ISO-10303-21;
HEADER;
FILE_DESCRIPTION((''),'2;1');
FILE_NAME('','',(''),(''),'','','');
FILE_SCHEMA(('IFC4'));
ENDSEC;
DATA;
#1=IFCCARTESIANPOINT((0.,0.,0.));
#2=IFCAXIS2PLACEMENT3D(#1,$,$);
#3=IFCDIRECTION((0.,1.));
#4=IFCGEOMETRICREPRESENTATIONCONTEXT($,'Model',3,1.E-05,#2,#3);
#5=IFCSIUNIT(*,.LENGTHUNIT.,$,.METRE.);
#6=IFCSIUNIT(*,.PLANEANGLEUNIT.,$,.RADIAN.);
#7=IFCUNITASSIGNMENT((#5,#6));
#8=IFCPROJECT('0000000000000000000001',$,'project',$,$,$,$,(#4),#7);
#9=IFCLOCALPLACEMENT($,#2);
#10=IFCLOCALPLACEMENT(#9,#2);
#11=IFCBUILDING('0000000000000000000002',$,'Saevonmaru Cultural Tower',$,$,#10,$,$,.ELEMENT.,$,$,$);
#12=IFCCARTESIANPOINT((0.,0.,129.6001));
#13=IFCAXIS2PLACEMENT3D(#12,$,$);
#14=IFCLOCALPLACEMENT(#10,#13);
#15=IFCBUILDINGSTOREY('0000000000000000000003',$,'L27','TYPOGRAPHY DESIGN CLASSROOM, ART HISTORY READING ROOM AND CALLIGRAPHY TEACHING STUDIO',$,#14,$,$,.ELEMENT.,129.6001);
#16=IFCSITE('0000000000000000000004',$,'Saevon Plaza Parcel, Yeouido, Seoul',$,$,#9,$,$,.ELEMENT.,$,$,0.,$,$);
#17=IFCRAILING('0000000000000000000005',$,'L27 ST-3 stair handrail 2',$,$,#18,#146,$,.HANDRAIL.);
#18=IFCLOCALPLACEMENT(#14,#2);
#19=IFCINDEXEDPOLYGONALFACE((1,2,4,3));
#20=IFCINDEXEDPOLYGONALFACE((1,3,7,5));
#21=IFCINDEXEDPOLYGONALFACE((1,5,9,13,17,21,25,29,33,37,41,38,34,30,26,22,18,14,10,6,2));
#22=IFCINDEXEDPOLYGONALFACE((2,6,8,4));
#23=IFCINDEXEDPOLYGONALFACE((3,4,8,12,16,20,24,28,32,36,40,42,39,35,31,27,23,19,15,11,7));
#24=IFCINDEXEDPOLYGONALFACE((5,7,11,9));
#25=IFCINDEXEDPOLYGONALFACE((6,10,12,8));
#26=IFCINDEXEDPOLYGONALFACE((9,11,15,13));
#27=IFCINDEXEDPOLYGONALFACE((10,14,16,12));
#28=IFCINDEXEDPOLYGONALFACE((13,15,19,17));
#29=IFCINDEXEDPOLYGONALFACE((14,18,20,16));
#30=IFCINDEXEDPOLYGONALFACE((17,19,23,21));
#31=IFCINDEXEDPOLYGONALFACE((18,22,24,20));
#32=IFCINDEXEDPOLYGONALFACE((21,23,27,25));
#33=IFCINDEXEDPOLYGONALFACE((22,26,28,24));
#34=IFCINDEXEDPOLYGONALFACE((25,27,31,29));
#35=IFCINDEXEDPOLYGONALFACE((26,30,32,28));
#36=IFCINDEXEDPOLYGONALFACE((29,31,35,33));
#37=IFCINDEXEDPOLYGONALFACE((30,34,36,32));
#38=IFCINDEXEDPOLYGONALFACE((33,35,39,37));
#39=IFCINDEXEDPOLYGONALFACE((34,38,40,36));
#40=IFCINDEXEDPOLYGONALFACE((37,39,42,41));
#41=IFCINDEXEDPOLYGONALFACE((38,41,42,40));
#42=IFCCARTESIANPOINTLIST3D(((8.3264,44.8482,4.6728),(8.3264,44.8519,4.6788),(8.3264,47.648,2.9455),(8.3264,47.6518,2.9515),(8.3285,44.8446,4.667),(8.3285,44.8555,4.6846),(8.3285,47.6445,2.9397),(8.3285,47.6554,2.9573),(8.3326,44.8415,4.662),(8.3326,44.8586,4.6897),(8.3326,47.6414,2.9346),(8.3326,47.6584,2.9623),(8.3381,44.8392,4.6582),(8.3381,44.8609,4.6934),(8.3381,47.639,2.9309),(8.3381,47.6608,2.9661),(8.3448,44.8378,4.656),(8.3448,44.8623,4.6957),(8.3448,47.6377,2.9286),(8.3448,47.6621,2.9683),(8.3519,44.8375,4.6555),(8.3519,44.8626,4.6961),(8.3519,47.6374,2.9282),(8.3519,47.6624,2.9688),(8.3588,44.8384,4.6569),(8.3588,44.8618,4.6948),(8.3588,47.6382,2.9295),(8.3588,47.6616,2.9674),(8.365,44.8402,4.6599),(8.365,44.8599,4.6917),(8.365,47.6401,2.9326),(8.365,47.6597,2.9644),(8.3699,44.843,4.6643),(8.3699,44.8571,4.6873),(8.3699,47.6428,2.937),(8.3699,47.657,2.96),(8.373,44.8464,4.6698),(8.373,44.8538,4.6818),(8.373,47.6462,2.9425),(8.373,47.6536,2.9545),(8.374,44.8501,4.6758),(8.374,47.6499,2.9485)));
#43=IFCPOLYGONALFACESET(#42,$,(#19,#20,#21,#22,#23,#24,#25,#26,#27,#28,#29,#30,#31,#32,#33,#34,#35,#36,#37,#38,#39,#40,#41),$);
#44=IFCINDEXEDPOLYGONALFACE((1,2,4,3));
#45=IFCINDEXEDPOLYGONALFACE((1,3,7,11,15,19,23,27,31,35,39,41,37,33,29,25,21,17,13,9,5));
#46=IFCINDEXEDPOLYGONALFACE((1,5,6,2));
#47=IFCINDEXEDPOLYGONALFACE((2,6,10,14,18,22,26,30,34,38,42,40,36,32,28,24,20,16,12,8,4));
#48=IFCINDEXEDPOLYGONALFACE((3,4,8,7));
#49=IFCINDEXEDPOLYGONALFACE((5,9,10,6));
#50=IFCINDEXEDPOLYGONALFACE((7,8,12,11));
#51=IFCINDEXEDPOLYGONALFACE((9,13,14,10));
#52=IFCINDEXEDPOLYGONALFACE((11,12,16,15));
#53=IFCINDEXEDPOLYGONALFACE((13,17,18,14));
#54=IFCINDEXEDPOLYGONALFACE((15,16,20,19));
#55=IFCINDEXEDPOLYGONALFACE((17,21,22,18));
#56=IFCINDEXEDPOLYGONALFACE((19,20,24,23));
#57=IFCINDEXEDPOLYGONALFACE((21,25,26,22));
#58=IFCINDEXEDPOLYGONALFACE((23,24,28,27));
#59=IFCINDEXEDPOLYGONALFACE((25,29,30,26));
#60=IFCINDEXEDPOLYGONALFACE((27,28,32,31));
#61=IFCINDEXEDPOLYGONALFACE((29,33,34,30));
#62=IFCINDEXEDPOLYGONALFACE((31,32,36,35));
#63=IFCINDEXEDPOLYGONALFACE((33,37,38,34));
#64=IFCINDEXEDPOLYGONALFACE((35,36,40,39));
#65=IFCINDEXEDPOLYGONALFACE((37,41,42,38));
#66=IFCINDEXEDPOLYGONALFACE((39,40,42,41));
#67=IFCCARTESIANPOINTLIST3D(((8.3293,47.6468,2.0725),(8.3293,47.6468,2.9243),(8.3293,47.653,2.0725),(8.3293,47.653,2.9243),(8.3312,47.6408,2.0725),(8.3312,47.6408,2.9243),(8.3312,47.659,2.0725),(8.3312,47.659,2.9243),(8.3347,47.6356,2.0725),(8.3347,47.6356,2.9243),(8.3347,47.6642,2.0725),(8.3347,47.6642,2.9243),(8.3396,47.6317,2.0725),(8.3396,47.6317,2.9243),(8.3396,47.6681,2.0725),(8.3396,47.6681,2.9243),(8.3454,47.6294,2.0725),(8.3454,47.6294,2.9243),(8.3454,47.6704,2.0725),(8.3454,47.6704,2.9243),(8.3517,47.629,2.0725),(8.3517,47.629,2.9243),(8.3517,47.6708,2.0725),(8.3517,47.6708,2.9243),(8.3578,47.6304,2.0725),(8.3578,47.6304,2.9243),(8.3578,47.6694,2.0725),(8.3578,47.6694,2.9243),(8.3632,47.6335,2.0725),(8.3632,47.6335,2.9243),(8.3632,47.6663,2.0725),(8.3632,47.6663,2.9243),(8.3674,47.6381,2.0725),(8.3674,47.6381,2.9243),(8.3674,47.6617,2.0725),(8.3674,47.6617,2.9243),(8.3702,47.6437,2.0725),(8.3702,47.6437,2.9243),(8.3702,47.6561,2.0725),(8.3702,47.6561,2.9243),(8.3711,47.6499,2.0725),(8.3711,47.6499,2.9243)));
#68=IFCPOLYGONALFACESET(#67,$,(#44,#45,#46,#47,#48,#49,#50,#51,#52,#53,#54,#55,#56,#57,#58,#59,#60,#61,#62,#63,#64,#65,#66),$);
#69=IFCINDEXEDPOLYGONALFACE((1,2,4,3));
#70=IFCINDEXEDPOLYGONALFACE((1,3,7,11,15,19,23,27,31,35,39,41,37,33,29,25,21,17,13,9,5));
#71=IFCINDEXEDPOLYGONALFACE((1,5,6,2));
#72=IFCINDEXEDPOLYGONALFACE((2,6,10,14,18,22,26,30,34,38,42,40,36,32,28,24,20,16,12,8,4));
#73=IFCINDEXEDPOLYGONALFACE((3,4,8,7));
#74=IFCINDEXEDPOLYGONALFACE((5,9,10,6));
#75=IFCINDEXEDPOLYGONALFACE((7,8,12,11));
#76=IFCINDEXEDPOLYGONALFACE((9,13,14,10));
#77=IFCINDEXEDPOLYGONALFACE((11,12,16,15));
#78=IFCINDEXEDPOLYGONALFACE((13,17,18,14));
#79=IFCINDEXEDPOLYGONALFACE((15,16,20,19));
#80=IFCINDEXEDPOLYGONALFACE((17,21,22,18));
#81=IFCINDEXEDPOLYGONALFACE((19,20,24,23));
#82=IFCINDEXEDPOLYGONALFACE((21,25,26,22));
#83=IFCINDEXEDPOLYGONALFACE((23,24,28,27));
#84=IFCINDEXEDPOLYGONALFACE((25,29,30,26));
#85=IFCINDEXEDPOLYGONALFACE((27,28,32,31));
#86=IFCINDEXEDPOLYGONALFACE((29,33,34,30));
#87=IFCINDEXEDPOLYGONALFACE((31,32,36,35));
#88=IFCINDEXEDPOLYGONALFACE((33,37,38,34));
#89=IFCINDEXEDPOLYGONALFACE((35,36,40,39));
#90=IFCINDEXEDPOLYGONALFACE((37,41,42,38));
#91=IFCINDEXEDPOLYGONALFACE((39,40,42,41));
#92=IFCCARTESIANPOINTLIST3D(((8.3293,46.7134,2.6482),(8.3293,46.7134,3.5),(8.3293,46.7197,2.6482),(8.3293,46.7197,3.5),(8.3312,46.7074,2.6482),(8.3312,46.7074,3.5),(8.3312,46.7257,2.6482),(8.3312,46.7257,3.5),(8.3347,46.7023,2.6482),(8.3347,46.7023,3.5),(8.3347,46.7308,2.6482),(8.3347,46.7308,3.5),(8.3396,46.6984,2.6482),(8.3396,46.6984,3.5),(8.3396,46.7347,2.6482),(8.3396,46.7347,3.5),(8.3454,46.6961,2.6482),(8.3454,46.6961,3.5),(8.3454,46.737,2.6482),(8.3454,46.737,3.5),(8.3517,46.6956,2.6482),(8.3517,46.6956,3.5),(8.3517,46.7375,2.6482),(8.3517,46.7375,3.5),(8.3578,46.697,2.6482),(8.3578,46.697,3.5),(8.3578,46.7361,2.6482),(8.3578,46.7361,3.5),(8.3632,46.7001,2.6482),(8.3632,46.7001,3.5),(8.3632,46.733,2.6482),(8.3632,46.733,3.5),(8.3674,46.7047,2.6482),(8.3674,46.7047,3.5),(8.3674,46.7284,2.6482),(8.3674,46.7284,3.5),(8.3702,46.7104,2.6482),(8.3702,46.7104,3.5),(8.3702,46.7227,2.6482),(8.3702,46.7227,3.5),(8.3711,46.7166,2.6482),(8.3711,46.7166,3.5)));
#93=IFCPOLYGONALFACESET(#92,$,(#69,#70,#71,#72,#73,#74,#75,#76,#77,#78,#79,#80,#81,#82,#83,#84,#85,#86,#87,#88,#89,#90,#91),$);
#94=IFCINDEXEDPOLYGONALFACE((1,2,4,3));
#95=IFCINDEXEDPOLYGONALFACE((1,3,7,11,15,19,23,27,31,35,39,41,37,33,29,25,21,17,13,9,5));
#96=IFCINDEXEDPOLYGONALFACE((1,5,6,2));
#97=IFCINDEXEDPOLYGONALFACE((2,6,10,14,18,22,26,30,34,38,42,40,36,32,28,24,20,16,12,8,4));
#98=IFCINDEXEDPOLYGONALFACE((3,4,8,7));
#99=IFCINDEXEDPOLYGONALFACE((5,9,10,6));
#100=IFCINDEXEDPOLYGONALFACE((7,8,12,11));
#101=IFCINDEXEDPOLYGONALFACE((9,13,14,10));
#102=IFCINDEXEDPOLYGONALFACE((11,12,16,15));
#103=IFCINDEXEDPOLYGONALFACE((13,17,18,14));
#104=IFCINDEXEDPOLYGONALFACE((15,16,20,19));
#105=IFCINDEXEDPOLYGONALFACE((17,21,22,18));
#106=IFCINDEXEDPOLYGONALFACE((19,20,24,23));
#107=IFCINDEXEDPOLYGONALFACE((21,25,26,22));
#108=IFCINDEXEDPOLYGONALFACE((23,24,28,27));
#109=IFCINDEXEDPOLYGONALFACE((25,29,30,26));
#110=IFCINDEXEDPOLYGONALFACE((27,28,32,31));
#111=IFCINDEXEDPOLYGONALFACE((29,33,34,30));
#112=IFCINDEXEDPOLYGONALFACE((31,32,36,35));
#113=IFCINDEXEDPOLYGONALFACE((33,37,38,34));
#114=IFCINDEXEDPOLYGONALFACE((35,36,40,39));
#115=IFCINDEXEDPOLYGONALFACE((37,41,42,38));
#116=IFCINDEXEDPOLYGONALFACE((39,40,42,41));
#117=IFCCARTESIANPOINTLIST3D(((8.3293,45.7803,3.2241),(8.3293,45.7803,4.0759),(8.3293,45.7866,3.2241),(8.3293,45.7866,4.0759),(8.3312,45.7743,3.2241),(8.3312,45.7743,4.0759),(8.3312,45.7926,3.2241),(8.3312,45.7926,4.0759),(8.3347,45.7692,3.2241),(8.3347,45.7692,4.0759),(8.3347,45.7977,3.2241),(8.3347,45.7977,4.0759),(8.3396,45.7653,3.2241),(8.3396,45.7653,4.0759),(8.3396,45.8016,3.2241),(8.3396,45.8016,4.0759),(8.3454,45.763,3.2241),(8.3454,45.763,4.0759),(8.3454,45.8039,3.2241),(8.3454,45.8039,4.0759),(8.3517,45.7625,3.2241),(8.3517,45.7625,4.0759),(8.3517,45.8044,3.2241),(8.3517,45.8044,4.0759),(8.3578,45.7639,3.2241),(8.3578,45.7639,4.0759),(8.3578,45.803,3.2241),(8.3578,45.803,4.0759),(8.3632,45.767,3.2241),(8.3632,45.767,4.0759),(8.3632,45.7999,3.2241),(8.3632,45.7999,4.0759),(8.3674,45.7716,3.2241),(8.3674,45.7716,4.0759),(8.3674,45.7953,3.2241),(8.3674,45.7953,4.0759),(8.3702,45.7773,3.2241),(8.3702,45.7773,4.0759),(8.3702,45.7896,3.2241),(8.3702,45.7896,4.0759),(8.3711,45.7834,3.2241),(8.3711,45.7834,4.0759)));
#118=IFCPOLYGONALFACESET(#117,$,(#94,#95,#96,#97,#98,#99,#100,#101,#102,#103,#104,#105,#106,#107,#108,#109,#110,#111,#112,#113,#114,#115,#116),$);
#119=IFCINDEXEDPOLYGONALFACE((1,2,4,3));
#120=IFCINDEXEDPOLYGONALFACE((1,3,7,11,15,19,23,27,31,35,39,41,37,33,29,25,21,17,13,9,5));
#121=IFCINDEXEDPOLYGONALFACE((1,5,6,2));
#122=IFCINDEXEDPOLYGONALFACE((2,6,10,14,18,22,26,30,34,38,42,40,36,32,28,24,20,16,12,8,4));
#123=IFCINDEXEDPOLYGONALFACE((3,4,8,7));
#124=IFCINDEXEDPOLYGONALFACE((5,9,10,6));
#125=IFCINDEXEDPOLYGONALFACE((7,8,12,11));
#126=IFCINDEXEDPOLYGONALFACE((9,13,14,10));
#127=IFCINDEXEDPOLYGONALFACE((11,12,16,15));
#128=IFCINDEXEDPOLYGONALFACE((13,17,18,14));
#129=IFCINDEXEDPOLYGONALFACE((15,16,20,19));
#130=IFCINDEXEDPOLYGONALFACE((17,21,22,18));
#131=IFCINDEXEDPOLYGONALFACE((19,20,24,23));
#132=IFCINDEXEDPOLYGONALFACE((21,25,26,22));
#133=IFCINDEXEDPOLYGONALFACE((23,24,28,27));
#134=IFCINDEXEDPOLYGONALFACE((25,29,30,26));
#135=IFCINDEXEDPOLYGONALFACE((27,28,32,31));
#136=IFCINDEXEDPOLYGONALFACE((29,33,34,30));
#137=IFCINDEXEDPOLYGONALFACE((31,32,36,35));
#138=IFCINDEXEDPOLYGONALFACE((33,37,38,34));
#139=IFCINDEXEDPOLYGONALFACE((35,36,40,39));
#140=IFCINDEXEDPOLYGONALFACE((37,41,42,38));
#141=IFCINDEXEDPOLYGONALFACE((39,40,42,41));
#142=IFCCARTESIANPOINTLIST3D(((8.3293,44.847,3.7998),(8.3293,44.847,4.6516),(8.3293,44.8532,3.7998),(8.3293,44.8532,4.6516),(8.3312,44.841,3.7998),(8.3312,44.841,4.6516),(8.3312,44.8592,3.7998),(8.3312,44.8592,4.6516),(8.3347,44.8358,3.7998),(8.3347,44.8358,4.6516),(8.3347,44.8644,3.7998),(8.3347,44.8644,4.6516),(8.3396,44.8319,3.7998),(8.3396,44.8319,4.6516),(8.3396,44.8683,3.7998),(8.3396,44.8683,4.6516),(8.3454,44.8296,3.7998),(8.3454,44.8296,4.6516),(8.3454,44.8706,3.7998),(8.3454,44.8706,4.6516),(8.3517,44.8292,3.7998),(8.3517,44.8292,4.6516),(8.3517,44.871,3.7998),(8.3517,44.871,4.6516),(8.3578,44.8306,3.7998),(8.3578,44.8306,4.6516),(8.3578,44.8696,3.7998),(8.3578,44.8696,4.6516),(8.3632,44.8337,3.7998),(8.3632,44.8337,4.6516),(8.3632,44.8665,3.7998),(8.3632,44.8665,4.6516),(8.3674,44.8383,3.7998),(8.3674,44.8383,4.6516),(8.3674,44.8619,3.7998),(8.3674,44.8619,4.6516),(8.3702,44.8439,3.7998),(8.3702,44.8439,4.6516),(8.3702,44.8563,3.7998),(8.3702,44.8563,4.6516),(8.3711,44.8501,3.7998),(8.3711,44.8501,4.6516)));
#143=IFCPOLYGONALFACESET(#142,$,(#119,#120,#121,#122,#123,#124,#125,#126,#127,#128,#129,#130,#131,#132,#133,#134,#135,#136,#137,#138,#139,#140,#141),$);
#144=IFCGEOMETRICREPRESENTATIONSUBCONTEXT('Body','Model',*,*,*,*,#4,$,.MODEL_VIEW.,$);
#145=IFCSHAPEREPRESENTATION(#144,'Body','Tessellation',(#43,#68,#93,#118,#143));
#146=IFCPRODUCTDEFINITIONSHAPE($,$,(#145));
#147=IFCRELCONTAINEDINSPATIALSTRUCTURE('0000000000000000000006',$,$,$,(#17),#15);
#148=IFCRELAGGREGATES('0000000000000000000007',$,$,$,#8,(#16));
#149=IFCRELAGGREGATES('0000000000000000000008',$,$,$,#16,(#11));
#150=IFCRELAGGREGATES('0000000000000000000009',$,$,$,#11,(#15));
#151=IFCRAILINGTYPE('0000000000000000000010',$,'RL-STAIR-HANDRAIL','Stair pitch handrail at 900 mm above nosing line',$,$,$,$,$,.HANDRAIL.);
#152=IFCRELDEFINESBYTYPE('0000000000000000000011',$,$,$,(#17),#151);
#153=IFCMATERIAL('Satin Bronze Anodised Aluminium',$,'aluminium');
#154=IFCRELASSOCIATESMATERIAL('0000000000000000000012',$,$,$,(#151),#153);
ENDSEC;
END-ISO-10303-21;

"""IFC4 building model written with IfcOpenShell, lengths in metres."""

from ifc_helpers import new_model, si_unit, direction, frame, origin, origin_2d, place, context, subcontext, project, spatial, circle, extrude, material, type_object, element, save


model = new_model("IFC4")

# Units and contexts
model_context = context("Model", 3, precision=1e-05, world=origin(), true_north=direction((0.0, 1.0)))
body_context = subcontext(model_context, "Body", "Model", "MODEL_VIEW")
ifc_project = project(units=[si_unit("LENGTHUNIT", "METRE"), si_unit("PLANEANGLEUNIT", "RADIAN")], contexts=[model_context])

# Site, building, storey
site_placement = place(None, origin())
site = spatial("IfcSite", under=ifc_project, at=site_placement, Name="Saevon Plaza Parcel, Yeouido, Seoul", CompositionType="ELEMENT", RefElevation=0.0)
building_placement = place(site_placement, origin())
building = spatial("IfcBuilding", under=site, at=building_placement, Name="Saevonmaru Cultural Tower", CompositionType="ELEMENT")
storey_placement = place(building_placement, frame((0.0, 0.0, 129.6001)))
storey = spatial("IfcBuildingStorey", under=building, at=storey_placement, Name="L27", Description="TYPOGRAPHY DESIGN CLASSROOM, ART HISTORY READING ROOM AND CALLIGRAPHY TEACHING STUDIO", CompositionType="ELEMENT", Elevation=129.6001)

# Shared definitions
ifc_material_1 = material(Name="Satin Bronze Anodised Aluminium", Category="aluminium")

# Railing
railing_type_1 = type_object("IfcRailingType", Name="RL-STAIR-HANDRAIL", Description="Stair pitch handrail at 900 mm above nosing line", PredefinedType="HANDRAIL", material=ifc_material_1)
railing_1_placement = place(storey_placement, frame((8.3501, 47.6499, 2.0725)))
element("IfcRailing", 1, at=railing_1_placement, inside=storey, type_object=railing_type_1, Name="L27 ST-3 stair handrail 2", PredefinedType="HANDRAIL", context=body_context, shape_type="SweptSolid", body=[
    extrude(circle(Radius=0.0239, at=origin_2d()), frame((0.0, 0.0, 0.876), z_axis=(0.0, -0.851069, 0.525054), x_axis=(1.0, 0.0, 0.0)), (0.0, 0.0, 1.0), 3.2898),
    extrude(circle(Radius=0.021, at=origin_2d()), origin(), (0.0, 0.0, 1.0), 0.8518),
    extrude(circle(Radius=0.021, at=origin_2d()), frame((0.0, -0.9333, 0.5757)), (0.0, 0.0, 1.0), 0.8518),
    extrude(circle(Radius=0.021, at=origin_2d()), frame((0.0, -1.8665, 1.1516)), (0.0, 0.0, 1.0), 0.8518),
    extrude(circle(Radius=0.021, at=origin_2d()), frame((0.0, -2.7998, 1.7273)), (0.0, 0.0, 1.0), 0.8518),
])

save(model, "model.ifc")
